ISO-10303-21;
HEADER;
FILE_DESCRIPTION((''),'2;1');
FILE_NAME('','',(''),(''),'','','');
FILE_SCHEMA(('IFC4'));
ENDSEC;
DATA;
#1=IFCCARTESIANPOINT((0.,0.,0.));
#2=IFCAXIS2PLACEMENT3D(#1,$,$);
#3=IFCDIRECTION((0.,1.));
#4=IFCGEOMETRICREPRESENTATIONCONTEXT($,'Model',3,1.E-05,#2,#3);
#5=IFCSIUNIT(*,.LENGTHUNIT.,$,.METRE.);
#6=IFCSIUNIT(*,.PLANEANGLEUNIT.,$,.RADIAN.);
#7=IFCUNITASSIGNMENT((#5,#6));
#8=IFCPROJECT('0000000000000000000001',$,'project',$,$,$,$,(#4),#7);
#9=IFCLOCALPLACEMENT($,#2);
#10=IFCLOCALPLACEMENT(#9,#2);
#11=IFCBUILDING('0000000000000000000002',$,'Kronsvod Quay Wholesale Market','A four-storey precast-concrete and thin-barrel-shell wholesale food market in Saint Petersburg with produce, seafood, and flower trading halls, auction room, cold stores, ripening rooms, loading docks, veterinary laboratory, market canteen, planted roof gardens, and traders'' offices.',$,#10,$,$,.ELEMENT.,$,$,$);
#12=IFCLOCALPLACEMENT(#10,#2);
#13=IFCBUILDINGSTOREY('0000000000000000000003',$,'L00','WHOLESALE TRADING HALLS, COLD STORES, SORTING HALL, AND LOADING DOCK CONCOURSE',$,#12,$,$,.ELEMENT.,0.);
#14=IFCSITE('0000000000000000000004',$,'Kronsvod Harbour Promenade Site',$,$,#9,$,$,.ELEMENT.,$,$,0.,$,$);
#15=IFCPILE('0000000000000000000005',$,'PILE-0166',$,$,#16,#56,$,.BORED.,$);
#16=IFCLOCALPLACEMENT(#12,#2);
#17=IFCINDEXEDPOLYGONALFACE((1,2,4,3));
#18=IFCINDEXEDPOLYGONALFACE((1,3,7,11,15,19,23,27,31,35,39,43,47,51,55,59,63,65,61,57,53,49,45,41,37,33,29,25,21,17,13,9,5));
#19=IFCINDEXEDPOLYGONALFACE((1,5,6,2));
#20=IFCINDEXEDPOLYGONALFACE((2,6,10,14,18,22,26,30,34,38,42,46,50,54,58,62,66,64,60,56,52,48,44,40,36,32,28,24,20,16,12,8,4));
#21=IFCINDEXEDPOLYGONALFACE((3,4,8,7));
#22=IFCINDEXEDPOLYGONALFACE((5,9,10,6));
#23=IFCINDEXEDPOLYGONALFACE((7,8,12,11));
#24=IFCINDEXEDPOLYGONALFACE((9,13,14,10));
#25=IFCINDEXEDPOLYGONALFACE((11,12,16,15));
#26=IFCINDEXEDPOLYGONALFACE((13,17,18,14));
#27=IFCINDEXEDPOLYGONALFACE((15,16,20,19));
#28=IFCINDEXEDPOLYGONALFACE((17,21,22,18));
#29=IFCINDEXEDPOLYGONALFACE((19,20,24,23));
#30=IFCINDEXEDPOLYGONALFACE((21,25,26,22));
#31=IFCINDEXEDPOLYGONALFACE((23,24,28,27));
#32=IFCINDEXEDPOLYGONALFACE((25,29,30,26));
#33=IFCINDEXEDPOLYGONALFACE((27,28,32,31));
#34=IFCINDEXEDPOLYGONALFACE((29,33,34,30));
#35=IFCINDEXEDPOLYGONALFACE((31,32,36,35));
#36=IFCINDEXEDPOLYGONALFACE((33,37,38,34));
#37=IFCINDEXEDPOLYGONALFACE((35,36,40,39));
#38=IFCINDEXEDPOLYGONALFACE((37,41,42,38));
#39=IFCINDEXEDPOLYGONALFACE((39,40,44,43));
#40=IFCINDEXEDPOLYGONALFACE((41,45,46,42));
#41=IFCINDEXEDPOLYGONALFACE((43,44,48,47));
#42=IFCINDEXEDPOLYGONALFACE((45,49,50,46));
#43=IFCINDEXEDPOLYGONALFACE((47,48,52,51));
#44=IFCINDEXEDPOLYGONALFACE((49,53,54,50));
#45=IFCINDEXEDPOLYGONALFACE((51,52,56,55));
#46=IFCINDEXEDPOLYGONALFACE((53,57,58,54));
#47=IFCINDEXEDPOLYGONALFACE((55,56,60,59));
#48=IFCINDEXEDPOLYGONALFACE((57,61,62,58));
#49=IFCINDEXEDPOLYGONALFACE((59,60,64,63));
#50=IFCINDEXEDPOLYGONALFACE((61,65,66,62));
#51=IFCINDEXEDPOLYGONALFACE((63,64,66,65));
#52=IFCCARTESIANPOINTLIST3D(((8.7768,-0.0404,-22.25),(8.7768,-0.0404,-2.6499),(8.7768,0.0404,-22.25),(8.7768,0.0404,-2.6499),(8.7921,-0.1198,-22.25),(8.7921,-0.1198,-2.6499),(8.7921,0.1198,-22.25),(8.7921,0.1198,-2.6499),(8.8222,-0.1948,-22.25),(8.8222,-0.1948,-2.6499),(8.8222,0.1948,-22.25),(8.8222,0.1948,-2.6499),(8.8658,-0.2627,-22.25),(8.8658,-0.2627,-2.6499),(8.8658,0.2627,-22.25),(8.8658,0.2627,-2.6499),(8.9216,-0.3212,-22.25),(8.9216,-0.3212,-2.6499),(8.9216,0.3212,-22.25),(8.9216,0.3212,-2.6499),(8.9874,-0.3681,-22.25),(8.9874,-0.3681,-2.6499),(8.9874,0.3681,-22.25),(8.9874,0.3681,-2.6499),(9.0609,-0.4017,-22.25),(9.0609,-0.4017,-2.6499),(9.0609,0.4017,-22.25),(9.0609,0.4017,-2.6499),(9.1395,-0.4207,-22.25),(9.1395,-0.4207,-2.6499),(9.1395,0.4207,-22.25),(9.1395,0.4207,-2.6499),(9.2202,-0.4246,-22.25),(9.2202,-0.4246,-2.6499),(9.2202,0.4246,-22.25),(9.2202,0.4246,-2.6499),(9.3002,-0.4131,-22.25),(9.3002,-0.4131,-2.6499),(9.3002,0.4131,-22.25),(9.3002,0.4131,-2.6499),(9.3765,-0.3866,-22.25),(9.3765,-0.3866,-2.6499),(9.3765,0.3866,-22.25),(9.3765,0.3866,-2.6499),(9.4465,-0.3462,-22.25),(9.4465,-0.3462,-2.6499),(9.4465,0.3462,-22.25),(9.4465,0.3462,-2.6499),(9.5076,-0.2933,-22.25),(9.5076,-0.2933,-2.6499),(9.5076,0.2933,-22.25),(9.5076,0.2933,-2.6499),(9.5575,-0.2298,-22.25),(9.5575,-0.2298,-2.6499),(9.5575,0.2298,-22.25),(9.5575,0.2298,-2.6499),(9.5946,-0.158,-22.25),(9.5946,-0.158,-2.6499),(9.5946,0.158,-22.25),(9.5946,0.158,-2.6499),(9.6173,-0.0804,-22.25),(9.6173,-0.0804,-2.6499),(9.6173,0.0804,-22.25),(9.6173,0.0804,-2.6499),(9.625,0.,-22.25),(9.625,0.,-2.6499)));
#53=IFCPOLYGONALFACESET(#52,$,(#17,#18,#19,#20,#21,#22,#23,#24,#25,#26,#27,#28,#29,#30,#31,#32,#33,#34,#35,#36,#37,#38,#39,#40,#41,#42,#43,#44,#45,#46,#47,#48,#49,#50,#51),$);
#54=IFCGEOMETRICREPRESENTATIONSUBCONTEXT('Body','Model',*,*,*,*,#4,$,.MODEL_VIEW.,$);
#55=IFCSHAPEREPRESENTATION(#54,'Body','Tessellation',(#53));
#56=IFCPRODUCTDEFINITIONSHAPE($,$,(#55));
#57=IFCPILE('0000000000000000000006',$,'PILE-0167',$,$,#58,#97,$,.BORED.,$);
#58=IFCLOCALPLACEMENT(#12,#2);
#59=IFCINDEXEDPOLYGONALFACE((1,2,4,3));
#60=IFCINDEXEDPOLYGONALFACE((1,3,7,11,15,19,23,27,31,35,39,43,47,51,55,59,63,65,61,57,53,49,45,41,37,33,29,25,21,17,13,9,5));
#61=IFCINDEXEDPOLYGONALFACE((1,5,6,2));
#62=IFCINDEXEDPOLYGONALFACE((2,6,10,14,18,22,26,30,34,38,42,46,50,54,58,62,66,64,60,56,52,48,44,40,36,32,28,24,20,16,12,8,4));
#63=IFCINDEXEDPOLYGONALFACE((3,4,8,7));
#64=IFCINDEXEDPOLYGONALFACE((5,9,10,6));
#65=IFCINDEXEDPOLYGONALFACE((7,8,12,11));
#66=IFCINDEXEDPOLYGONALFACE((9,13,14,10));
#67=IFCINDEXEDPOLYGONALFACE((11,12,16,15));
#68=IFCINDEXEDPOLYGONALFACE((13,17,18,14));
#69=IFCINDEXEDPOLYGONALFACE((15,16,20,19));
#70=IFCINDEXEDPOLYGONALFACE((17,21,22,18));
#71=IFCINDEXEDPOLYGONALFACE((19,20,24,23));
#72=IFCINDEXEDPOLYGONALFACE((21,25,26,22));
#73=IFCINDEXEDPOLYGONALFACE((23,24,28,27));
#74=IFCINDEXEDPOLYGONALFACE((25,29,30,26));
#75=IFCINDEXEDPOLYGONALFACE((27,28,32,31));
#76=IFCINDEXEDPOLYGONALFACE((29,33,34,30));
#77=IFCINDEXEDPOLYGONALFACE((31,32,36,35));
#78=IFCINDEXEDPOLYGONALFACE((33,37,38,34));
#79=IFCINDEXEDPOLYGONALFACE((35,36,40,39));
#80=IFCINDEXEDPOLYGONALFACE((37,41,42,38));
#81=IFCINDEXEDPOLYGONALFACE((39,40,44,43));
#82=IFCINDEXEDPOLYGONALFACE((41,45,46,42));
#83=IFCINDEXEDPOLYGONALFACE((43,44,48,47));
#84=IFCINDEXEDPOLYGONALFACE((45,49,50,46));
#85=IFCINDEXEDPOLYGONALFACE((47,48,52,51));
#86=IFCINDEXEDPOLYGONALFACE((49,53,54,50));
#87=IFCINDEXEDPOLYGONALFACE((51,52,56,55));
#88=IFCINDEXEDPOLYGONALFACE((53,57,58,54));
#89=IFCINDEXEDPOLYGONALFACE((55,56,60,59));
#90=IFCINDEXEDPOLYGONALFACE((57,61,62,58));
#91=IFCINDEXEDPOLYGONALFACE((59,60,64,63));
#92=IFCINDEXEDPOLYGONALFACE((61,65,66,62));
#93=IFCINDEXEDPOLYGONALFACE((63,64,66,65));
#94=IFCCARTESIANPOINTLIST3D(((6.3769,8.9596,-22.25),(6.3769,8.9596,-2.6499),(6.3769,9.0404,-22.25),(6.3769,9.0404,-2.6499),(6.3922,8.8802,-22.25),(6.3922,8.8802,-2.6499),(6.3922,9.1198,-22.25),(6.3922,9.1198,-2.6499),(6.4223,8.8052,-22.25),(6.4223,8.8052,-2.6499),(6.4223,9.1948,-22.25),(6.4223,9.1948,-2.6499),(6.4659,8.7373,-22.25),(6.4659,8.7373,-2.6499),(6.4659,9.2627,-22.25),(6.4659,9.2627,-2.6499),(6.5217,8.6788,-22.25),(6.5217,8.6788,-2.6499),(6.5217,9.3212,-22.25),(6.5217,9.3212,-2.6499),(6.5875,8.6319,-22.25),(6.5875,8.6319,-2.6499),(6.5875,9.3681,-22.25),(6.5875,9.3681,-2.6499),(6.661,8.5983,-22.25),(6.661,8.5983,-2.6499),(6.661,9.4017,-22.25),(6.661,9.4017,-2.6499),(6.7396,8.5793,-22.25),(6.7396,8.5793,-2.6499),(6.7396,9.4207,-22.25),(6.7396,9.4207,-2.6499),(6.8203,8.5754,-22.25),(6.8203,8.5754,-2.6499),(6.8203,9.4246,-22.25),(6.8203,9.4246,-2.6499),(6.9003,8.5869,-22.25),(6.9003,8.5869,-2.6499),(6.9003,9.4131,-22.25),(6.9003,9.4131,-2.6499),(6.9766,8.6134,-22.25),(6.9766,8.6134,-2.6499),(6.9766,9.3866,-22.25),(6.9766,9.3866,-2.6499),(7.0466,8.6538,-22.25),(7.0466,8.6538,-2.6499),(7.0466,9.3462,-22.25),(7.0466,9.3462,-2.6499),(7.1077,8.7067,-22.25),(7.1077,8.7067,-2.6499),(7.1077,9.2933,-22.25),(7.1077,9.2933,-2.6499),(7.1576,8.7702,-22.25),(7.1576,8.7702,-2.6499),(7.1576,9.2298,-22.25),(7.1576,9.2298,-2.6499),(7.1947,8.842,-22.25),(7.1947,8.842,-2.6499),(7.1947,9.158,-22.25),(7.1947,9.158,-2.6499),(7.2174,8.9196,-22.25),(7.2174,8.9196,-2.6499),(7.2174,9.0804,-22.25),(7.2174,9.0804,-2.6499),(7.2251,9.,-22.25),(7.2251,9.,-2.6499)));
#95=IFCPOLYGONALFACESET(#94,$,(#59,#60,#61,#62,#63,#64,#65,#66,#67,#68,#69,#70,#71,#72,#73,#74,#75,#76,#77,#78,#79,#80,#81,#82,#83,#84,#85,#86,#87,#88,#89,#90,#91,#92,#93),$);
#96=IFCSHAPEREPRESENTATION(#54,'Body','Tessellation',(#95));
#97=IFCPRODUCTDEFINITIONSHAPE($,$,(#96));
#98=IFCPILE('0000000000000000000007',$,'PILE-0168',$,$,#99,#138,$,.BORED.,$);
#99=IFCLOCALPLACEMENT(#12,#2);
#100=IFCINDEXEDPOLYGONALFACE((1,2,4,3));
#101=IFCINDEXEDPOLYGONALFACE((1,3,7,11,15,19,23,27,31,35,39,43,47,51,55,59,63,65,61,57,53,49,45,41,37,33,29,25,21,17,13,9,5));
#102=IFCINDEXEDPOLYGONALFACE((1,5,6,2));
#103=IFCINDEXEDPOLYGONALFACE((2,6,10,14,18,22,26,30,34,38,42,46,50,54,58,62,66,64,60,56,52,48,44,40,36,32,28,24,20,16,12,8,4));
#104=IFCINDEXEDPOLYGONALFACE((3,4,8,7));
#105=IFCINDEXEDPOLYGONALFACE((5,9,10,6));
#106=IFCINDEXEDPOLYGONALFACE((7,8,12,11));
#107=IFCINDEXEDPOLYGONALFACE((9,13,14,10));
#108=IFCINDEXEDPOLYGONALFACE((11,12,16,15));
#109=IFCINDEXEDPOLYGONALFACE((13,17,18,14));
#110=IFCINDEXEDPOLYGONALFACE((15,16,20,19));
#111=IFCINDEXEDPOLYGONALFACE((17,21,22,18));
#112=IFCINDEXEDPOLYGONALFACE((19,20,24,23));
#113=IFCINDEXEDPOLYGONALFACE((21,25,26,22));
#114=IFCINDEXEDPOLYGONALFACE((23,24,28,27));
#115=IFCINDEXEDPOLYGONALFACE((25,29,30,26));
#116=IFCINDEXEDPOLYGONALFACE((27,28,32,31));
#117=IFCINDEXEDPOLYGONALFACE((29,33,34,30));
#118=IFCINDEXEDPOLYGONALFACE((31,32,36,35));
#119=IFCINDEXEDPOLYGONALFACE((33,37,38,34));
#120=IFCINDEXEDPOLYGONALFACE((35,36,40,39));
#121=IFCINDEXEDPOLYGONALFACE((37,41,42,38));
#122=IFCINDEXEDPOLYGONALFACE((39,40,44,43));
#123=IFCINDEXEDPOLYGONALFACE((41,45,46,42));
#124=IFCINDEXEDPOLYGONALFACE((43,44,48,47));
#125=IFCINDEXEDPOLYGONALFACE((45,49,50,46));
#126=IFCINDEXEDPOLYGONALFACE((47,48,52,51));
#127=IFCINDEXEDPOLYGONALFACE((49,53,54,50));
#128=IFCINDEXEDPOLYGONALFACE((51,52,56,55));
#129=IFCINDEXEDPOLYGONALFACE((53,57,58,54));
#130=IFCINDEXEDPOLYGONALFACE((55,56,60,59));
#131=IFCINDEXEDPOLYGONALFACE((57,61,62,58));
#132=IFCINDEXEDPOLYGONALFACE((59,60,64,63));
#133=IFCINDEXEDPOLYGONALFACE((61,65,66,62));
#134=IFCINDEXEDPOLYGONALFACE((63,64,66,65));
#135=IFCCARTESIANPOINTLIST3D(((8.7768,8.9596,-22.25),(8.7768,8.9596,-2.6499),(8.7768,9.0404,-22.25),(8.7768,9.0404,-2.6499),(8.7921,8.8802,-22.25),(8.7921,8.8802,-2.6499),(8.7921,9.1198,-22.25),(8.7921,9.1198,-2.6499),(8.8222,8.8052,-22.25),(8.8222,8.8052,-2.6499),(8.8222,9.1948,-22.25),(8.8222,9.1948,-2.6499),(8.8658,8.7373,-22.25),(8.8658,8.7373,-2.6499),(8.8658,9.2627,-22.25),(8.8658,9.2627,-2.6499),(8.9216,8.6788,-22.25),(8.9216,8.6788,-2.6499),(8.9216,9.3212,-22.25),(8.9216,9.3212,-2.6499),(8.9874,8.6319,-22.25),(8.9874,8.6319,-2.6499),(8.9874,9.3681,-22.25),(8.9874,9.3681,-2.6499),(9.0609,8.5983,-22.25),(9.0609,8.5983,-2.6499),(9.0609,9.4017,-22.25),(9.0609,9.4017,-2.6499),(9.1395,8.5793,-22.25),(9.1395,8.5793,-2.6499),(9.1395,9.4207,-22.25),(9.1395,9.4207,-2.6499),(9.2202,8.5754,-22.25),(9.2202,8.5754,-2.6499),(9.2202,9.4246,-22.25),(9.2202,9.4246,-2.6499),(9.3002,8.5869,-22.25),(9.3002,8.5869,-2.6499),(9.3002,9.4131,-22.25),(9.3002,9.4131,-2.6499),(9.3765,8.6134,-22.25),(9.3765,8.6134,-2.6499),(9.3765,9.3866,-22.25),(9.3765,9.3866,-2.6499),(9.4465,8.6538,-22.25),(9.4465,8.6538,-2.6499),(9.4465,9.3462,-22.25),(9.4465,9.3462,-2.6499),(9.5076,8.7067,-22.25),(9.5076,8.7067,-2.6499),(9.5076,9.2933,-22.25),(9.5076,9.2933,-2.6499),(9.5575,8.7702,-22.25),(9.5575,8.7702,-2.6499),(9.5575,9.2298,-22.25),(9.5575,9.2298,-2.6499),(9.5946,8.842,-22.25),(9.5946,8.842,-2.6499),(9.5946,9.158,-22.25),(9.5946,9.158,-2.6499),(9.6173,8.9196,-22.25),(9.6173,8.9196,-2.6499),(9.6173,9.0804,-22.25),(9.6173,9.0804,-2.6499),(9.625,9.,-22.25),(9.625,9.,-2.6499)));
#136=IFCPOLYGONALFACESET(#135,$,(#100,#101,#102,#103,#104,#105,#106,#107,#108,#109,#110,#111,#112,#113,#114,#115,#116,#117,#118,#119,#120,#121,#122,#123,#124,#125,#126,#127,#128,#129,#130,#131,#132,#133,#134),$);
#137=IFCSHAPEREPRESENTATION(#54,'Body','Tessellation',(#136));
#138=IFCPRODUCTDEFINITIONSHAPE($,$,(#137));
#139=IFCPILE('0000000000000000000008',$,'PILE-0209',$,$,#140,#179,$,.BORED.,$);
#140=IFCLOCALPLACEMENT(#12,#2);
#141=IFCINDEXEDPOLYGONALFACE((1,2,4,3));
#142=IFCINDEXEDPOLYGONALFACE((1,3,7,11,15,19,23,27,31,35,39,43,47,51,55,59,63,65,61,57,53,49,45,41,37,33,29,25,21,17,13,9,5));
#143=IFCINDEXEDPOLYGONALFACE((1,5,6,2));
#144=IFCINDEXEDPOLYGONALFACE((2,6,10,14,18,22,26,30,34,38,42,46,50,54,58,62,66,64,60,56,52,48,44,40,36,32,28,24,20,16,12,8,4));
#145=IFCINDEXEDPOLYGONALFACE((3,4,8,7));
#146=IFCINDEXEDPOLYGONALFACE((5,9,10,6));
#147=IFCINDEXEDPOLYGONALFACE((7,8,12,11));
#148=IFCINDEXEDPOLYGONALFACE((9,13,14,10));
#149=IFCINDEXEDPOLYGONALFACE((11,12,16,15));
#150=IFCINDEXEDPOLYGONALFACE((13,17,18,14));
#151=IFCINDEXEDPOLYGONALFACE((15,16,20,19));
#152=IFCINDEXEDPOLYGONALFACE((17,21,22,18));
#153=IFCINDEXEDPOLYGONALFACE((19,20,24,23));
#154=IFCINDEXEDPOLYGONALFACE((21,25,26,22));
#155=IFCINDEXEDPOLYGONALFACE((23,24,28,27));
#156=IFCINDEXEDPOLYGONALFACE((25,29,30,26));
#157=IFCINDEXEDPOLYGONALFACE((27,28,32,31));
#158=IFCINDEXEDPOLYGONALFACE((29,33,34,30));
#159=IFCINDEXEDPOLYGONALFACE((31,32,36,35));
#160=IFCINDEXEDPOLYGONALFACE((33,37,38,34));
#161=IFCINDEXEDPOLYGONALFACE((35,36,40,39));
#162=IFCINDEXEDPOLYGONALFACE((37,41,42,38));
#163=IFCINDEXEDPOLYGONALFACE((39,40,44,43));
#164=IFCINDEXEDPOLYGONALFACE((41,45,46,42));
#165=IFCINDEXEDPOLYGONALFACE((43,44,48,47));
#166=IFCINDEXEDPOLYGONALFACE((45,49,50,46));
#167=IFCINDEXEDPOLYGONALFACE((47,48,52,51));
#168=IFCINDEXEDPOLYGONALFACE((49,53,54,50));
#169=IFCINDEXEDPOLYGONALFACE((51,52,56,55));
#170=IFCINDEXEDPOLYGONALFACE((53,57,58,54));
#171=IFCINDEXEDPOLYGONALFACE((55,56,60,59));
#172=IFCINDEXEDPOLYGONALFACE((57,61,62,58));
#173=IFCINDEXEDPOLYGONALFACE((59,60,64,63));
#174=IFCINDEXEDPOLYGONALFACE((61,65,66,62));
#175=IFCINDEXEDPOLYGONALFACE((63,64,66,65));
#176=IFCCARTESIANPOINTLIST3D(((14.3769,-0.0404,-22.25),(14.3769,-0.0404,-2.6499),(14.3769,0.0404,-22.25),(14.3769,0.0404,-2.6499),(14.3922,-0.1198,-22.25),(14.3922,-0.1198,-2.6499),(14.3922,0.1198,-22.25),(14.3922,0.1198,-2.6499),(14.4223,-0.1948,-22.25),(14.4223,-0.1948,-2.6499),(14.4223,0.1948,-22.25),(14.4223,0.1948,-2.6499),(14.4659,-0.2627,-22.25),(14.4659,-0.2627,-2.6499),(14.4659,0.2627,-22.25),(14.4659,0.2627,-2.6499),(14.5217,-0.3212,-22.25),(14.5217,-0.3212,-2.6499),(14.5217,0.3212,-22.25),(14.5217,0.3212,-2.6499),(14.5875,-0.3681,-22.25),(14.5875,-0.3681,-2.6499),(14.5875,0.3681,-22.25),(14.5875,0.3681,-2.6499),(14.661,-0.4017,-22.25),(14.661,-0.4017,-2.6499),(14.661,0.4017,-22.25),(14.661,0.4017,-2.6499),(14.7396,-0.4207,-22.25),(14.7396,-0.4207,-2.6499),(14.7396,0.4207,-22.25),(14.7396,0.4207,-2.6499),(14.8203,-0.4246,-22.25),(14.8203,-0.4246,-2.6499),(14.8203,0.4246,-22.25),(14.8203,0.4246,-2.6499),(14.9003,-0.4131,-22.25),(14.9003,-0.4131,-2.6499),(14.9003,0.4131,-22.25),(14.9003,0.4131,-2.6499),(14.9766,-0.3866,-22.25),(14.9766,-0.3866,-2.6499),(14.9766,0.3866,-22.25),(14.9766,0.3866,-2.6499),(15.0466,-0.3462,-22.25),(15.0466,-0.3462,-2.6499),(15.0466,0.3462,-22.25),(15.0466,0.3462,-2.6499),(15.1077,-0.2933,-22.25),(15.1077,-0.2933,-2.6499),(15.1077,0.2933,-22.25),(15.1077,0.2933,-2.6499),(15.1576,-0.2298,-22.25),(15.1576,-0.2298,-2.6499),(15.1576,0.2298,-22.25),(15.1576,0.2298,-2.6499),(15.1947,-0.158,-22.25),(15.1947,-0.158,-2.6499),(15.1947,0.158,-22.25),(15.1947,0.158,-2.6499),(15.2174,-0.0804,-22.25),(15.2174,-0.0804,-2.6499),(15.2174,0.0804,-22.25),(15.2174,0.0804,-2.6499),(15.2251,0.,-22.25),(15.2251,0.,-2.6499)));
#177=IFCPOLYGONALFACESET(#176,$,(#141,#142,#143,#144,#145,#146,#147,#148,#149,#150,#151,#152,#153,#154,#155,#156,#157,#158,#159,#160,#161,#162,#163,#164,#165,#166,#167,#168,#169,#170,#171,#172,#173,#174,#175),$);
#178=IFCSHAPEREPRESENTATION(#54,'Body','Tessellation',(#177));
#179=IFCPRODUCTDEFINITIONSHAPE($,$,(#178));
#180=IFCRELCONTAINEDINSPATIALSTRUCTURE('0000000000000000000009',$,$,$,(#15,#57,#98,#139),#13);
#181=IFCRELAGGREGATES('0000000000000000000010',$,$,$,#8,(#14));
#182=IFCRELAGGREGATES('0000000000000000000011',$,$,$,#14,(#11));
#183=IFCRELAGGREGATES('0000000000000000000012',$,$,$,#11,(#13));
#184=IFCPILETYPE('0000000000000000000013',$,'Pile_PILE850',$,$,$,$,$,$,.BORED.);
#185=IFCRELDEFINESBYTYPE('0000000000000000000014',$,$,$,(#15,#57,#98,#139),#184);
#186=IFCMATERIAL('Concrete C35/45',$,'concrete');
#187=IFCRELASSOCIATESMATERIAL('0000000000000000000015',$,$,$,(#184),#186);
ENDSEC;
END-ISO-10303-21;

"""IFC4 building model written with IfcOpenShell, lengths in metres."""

from ifc_helpers import new_model, si_unit, direction, frame, origin, origin_2d, place, context, subcontext, project, spatial, circle, extrude, material, material_profile, profile_set, type_object, element, save


model = new_model("IFC4")

# Units and contexts
model_context = context("Model", 3, precision=1e-05, world=origin(), true_north=direction((0.0, 1.0)))
body_context = subcontext(model_context, "Body", "Model", "MODEL_VIEW")
ifc_project = project(units=[si_unit("LENGTHUNIT", "METRE"), si_unit("PLANEANGLEUNIT", "RADIAN")], contexts=[model_context])

# Site, building, storey
site_placement = place(None, origin())
site = spatial("IfcSite", under=ifc_project, at=site_placement, Name="Kronsvod Harbour Promenade Site", CompositionType="ELEMENT", RefElevation=0.0)
building_placement = place(site_placement, origin())
building = spatial("IfcBuilding", under=site, at=building_placement, Name="Kronsvod Quay Wholesale Market", Description="A four-storey precast-concrete and thin-barrel-shell wholesale food market in Saint Petersburg with produce, seafood, and flower trading halls, auction room, cold stores, ripening rooms, loading docks, veterinary laboratory, market canteen, planted roof gardens, and traders' offices.", CompositionType="ELEMENT")
storey_placement = place(building_placement, origin())
storey = spatial("IfcBuildingStorey", under=building, at=storey_placement, Name="L00", Description="WHOLESALE TRADING HALLS, COLD STORES, SORTING HALL, AND LOADING DOCK CONCOURSE", CompositionType="ELEMENT", Elevation=0.0)

# Piles
ifc_material_1 = material(Name="Concrete C35/45", Category="concrete")
ifc_material_profile_1 = material_profile(ifc_material_1, circle(Radius=0.425, at=origin_2d()), Name="PILE850")
ifc_profile_set_1 = profile_set([ifc_material_profile_1], Name="Concrete C35/45")
pile_type_1 = type_object("IfcPileType", Name="Pile_PILE850", PredefinedType="BORED", material=ifc_profile_set_1)
for number, where, z_axis, x_axis, name in (
    (1, (9.2, 0.0, -2.6499), (0.0, 0.0, -1.0), (1.0, 0.0, 0.0), "PILE-0166"),
    (2, (6.8, 9.0, -2.6499), (0.0, 0.0, -1.0), (1.0, 0.0, 0.0), "PILE-0167"),
    (3, (9.2, 9.0, -2.6499), (0.0, 0.0, -1.0), (1.0, 0.0, 0.0), "PILE-0168"),
    (4, (14.8, 0.0, -2.6499), (0.0, 0.0, -1.0), (1.0, 0.0, 0.0), "PILE-0209"),
):
    element("IfcPile", number, at=place(storey_placement, frame(where, z_axis=z_axis, x_axis=x_axis)), inside=storey, type_object=pile_type_1, Name=name, PredefinedType="BORED", context=body_context, shape_type="SweptSolid", body=[
        extrude(circle(Radius=0.425, at=origin_2d()), origin(), (0.0, 0.0, 1.0), 19.6001),
    ])

save(model, "model.ifc")
